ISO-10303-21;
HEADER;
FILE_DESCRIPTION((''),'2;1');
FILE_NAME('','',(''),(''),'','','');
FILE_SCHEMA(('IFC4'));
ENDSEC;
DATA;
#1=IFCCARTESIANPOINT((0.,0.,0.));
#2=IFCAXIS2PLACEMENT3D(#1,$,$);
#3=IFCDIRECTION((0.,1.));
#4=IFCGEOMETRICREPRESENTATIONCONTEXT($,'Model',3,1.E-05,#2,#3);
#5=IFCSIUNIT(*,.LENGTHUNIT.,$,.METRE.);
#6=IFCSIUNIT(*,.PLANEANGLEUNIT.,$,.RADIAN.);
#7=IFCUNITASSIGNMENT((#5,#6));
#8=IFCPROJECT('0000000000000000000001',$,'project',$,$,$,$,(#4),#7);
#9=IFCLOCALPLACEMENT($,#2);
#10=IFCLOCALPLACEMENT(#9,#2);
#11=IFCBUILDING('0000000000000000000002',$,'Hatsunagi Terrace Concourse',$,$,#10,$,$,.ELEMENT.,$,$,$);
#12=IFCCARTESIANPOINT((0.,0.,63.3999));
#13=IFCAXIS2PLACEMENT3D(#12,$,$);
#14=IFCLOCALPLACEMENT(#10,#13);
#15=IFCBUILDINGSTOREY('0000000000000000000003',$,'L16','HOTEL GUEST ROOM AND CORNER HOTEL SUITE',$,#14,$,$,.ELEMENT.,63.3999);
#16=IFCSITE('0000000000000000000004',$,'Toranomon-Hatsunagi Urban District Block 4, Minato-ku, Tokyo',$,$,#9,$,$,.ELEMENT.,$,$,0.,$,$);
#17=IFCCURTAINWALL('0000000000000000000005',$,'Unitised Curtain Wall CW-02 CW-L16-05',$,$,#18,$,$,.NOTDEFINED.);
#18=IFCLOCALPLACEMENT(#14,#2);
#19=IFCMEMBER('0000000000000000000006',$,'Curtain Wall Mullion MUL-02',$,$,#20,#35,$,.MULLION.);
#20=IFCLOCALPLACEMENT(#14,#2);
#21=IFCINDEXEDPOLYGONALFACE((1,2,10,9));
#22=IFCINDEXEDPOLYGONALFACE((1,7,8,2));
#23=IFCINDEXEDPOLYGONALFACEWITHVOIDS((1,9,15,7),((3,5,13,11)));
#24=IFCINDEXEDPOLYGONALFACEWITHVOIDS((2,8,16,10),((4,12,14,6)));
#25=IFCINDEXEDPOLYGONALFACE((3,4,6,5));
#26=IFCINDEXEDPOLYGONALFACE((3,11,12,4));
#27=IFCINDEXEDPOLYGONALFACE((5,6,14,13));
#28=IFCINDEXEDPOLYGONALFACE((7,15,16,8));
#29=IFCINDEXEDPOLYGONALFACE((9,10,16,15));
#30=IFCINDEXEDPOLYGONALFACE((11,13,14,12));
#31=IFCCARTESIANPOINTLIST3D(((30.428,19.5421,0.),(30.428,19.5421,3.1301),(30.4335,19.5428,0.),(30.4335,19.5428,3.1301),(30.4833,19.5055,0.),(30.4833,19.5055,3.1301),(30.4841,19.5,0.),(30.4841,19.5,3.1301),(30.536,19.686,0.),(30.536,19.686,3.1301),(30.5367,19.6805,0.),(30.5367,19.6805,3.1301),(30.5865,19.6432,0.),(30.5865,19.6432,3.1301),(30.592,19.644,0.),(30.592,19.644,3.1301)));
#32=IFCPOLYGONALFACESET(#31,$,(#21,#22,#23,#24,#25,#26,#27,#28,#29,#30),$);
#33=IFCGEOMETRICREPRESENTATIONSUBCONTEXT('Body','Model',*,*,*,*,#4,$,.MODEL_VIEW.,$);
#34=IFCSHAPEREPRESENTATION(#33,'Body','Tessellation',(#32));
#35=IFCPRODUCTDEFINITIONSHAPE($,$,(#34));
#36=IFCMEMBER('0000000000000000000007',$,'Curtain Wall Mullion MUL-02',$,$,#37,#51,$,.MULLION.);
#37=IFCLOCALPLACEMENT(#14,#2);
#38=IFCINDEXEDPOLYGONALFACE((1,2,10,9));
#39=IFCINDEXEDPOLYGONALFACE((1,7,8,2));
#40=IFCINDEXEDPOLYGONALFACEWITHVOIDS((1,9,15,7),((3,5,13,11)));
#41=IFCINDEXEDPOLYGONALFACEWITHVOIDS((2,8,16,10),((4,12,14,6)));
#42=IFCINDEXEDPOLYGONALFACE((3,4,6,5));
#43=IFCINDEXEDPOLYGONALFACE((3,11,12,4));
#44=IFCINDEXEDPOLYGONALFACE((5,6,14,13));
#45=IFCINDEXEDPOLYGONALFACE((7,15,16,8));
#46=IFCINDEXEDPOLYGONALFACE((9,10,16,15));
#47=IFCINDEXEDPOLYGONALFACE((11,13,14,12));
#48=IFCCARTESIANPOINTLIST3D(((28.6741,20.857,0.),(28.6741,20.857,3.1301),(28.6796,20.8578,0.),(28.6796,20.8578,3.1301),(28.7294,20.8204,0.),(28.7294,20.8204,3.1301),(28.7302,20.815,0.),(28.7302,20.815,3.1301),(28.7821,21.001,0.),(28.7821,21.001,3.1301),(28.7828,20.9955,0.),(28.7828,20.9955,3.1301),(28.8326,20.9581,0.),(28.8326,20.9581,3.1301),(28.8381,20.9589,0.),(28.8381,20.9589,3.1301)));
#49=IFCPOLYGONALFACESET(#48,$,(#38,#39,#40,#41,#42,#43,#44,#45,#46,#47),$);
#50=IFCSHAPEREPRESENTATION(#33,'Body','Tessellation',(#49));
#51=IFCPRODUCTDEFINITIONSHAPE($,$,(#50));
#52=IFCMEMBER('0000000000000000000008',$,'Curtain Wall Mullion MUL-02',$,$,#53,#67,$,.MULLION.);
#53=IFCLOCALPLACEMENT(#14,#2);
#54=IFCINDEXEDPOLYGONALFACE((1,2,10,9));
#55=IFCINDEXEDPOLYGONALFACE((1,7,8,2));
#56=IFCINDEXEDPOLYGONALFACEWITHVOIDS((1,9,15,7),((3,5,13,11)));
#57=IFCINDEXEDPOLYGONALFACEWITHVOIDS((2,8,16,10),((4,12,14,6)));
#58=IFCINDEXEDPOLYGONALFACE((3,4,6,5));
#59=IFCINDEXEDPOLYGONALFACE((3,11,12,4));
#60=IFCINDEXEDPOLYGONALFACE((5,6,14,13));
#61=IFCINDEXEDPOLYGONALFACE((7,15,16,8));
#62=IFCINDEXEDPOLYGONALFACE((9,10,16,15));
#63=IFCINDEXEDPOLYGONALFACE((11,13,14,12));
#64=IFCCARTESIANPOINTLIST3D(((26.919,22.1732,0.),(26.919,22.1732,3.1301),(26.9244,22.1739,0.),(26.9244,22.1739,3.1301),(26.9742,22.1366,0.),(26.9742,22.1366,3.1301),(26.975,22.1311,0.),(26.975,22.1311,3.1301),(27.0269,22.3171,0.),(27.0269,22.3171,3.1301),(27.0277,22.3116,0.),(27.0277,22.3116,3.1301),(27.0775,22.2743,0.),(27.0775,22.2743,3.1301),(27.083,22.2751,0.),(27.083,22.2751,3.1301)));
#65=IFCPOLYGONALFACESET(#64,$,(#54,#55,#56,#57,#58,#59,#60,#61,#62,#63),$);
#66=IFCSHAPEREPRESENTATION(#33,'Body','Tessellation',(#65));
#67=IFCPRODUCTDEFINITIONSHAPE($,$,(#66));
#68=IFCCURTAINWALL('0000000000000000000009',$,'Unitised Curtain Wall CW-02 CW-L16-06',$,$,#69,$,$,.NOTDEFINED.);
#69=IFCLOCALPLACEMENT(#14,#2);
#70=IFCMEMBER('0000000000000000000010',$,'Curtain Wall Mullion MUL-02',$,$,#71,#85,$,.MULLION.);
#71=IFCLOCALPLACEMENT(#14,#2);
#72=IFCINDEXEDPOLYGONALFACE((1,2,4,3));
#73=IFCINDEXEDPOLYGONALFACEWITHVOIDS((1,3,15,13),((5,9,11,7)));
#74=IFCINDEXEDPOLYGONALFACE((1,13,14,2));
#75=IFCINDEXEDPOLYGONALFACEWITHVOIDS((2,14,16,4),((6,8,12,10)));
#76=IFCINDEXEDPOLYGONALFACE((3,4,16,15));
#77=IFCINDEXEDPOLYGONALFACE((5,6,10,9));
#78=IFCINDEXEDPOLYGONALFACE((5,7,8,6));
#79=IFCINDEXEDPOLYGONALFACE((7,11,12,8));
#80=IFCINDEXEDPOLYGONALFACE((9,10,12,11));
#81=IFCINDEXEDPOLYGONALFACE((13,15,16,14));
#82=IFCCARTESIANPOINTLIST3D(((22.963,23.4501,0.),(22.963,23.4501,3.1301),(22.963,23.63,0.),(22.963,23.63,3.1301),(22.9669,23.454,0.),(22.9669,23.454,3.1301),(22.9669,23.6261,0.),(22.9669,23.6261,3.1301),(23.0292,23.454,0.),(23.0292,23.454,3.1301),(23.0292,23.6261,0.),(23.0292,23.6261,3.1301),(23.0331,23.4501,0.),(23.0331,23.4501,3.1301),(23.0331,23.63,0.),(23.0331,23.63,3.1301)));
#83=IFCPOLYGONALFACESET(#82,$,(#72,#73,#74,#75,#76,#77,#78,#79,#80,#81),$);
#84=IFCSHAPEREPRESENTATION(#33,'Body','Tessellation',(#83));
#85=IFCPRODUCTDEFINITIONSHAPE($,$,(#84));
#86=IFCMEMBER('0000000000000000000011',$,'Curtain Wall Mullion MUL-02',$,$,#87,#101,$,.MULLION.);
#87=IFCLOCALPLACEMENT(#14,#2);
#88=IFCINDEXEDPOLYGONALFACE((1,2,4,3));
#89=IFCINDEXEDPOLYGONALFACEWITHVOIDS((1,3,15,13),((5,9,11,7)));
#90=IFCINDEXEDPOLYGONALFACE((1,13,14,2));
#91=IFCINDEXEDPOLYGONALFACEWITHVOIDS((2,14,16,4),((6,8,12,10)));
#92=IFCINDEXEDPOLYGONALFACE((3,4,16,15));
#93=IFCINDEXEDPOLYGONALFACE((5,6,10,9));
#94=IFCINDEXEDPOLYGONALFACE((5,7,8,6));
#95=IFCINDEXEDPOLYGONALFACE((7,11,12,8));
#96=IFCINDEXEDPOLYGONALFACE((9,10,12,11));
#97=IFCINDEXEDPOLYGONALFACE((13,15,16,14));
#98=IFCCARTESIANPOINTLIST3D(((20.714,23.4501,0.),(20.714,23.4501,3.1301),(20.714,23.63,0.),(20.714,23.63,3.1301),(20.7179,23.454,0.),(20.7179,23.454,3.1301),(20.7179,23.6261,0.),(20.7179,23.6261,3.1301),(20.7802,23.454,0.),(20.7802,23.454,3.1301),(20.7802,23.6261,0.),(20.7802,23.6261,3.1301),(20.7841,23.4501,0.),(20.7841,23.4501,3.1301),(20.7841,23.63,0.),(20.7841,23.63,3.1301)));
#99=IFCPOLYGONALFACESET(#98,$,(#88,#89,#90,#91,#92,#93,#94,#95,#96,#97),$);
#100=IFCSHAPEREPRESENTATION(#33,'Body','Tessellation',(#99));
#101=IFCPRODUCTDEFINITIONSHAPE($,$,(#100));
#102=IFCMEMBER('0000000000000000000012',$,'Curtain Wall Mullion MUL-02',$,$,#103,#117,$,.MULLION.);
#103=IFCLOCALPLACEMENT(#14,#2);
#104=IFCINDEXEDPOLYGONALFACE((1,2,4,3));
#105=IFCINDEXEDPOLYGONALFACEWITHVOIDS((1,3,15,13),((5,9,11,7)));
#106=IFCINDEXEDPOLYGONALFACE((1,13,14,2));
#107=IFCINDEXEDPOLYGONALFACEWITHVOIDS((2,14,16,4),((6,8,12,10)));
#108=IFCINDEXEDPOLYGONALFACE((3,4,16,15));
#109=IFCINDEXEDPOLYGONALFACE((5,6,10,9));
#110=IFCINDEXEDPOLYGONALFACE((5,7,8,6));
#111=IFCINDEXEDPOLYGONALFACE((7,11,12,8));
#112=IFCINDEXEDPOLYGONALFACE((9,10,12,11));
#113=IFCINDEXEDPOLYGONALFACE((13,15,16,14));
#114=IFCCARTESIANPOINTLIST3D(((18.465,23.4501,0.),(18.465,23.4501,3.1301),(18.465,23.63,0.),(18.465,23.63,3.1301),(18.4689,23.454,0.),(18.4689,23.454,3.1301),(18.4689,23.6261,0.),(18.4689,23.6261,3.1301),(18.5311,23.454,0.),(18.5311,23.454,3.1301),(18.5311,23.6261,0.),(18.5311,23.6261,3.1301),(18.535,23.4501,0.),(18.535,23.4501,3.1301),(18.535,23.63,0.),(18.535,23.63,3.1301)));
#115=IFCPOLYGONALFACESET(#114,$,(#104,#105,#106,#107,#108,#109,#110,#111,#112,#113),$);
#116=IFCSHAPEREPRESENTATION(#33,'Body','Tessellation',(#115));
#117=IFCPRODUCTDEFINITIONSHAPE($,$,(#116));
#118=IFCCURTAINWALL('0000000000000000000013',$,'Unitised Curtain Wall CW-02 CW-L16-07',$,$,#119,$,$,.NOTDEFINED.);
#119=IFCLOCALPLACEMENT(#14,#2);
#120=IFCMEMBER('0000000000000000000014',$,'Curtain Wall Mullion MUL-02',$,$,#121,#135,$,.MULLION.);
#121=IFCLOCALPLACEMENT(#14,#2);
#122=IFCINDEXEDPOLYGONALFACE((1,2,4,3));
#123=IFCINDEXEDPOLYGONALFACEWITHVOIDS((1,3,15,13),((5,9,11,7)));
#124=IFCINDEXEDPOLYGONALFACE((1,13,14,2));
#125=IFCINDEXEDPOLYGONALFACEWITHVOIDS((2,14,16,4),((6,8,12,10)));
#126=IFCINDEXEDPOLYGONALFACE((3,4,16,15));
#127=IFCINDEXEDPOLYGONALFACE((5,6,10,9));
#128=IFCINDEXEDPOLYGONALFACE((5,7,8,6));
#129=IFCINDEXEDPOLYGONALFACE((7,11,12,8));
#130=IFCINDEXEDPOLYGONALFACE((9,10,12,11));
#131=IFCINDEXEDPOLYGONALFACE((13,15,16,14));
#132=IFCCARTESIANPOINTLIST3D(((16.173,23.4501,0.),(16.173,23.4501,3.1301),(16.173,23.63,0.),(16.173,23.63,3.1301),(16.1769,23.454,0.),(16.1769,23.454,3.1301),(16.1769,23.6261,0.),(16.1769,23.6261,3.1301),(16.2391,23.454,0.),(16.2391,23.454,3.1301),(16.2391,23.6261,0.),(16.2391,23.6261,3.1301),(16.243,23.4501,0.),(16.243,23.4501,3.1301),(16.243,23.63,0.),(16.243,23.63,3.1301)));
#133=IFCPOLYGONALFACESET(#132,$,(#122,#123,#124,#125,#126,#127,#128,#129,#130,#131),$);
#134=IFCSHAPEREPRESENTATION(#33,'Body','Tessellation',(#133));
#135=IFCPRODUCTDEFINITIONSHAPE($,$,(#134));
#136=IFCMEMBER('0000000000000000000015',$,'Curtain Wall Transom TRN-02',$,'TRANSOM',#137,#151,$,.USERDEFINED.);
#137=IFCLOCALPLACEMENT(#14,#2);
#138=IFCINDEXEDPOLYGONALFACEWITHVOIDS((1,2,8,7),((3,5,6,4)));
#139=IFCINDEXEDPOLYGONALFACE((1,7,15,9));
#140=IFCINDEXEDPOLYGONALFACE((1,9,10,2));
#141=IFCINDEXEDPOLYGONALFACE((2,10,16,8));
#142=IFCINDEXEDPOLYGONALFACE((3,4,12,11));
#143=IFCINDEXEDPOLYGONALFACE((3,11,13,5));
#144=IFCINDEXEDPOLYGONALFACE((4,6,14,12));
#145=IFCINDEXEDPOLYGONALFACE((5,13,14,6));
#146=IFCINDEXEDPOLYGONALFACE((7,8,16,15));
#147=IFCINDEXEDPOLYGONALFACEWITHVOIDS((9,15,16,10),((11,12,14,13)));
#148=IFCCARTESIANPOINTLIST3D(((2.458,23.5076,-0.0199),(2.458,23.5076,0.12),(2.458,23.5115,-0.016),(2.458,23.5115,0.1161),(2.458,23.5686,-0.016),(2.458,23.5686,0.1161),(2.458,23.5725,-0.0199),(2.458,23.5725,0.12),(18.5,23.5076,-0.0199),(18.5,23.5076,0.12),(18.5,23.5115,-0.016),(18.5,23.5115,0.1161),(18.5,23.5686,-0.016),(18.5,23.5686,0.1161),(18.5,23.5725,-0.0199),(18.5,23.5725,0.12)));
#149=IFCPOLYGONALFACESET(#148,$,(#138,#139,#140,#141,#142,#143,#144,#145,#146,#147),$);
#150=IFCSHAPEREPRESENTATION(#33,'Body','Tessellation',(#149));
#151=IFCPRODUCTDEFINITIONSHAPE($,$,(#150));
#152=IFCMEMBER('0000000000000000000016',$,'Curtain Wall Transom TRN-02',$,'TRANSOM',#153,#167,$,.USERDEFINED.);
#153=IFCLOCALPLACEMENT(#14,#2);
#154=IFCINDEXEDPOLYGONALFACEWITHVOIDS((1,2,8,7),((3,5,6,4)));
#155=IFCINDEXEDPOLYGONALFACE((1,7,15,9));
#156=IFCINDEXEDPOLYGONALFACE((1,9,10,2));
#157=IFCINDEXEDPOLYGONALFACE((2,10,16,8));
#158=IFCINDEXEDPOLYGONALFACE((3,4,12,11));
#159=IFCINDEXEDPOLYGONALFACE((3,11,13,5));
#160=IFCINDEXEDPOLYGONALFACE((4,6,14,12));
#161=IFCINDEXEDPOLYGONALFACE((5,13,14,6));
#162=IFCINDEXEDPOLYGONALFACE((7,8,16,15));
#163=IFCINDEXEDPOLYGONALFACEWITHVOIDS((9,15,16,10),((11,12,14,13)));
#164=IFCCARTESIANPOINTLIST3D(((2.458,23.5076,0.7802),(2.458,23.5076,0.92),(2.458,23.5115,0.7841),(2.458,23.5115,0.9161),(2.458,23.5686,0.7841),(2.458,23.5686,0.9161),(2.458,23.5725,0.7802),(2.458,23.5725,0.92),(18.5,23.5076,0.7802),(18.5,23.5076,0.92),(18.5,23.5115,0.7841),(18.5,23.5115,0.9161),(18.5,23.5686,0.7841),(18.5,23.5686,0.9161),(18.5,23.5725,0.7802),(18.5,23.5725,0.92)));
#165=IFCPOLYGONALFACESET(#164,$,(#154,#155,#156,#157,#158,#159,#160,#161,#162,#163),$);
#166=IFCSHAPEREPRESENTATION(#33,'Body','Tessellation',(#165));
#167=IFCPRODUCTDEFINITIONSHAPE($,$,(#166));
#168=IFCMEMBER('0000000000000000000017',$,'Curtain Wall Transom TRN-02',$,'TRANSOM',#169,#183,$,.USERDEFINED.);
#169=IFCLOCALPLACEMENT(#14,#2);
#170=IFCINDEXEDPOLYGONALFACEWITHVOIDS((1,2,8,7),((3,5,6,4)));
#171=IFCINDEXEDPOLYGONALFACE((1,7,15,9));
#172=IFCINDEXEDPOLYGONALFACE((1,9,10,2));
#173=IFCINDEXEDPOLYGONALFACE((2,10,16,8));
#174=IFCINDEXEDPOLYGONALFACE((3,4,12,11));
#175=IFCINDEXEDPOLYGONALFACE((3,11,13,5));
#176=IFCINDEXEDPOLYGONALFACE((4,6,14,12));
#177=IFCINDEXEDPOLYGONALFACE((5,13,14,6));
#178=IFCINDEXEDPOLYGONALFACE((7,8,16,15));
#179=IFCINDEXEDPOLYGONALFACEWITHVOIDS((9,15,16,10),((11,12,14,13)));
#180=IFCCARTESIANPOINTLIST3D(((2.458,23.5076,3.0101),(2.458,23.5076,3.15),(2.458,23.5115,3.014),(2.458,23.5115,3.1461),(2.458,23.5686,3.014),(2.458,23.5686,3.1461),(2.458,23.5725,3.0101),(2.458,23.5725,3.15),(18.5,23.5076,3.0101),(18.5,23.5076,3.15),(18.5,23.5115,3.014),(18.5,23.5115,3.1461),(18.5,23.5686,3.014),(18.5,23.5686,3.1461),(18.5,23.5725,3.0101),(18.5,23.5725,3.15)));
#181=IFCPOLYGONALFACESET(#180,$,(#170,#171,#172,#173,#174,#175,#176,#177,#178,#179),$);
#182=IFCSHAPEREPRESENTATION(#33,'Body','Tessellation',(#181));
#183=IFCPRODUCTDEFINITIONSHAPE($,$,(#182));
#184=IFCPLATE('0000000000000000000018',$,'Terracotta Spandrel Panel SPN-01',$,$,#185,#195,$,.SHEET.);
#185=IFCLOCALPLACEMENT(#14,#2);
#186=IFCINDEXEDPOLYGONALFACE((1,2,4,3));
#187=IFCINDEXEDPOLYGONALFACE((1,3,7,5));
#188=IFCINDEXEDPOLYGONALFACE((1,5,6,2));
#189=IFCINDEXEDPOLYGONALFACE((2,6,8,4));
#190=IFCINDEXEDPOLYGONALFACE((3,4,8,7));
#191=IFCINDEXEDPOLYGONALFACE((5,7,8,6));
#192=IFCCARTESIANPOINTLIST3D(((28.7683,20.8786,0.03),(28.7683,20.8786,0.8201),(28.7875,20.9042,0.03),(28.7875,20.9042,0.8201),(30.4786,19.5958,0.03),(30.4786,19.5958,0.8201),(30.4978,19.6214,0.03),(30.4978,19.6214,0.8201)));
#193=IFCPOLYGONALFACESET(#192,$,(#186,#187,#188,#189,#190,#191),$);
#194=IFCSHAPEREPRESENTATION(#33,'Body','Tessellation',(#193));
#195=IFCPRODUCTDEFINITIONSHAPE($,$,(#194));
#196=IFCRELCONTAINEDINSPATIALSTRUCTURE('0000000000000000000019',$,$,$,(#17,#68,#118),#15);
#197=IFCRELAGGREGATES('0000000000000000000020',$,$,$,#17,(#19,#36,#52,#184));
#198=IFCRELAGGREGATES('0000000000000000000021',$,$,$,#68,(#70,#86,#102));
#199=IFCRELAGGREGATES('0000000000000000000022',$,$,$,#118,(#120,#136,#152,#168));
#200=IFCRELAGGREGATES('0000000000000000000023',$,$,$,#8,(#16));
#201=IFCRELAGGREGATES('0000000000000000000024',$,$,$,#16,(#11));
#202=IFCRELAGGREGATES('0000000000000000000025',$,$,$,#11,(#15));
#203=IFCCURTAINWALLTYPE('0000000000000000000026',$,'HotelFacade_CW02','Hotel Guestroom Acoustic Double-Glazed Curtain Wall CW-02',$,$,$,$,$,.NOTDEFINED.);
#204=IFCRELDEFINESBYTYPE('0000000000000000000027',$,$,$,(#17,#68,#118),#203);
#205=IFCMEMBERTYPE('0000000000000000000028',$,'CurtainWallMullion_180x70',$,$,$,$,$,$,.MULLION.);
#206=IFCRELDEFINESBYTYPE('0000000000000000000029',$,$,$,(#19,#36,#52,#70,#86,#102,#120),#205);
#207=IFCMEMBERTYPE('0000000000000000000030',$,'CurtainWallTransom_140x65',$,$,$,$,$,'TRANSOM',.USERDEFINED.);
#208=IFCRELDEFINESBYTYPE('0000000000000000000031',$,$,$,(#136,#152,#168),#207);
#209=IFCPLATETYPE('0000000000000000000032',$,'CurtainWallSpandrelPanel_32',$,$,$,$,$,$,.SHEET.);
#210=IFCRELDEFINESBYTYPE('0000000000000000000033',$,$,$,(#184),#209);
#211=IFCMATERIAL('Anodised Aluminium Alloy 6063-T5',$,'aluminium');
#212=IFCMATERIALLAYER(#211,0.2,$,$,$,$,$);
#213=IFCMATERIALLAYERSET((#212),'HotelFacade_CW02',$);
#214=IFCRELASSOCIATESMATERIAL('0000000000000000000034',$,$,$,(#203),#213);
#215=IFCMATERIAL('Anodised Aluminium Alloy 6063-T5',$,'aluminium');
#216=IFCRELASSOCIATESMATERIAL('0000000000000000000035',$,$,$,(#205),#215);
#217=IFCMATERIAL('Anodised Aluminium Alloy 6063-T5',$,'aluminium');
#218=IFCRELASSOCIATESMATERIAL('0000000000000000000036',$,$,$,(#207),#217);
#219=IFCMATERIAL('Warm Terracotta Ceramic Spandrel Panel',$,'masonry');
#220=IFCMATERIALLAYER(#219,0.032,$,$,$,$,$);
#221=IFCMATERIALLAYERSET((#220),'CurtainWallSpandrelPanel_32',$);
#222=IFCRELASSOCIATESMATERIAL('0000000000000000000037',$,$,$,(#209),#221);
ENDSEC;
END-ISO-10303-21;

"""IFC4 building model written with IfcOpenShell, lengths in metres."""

from ifc_helpers import new_model, si_unit, direction, frame, origin, origin_2d, place, context, subcontext, project, spatial, rectangle, hollow_rectangle, extrude, material, layer, layer_set, material_profile, profile_set, type_object, element, aggregate, save


model = new_model("IFC4")

# Units and contexts
model_context = context("Model", 3, precision=1e-05, world=origin(), true_north=direction((0.0, 1.0)))
body_context = subcontext(model_context, "Body", "Model", "MODEL_VIEW")
ifc_project = project(units=[si_unit("LENGTHUNIT", "METRE"), si_unit("PLANEANGLEUNIT", "RADIAN")], contexts=[model_context])

# Site, building, storey
site_placement = place(None, origin())
site = spatial("IfcSite", under=ifc_project, at=site_placement, Name="Toranomon-Hatsunagi Urban District Block 4, Minato-ku, Tokyo", CompositionType="ELEMENT", RefElevation=0.0)
building_placement = place(site_placement, origin())
building = spatial("IfcBuilding", under=site, at=building_placement, Name="Hatsunagi Terrace Concourse", CompositionType="ELEMENT")
storey_placement = place(building_placement, frame((0.0, 0.0, 63.3999)))
storey = spatial("IfcBuildingStorey", under=building, at=storey_placement, Name="L16", Description="HOTEL GUEST ROOM AND CORNER HOTEL SUITE", CompositionType="ELEMENT", Elevation=63.3999)

# Curtain walls, members
ifc_material_1 = material(Name="Anodised Aluminium Alloy 6063-T5", Category="aluminium")
ifc_layer_1 = layer(ifc_material_1, 0.2)
ifc_layer_set_1 = layer_set([ifc_layer_1], Name="HotelFacade_CW02")
curtain_wall_type = type_object("IfcCurtainWallType", Name="HotelFacade_CW02", Description="Hotel Guestroom Acoustic Double-Glazed Curtain Wall CW-02", PredefinedType="NOTDEFINED", material=ifc_layer_set_1)
curtain_wall_1_placement = place(storey_placement, origin())
curtain_wall_1 = element("IfcCurtainWall", 1, at=curtain_wall_1_placement, inside=storey, type_object=curtain_wall_type, Name="Unitised Curtain Wall CW-02 CW-L16-05", PredefinedType="NOTDEFINED")
ifc_material_2 = material(Name="Anodised Aluminium Alloy 6063-T5", Category="aluminium")
ifc_material_profile_1 = material_profile(ifc_material_2, hollow_rectangle(XDim=0.0701, YDim=0.1799, WallThickness=0.0039, at=origin_2d()), Name="ALU-MUL-180x70x4")
ifc_profile_set_1 = profile_set([ifc_material_profile_1], Name="Anodised Aluminium Alloy 6063-T5")
member_type_1 = type_object("IfcMemberType", Name="CurtainWallMullion_180x70", PredefinedType="MULLION", material=ifc_profile_set_1)
member_1_placement = place(storey_placement, frame((30.51, 19.593, 0.0), z_axis=(0.0, 0.0, 1.0), x_axis=(-0.800003, 0.599996, 0.0)))
member_1 = element("IfcMember", 2, at=member_1_placement, type_object=member_type_1, Name="Curtain Wall Mullion MUL-02", PredefinedType="MULLION", context=body_context, shape_type="SweptSolid", body=[
    extrude(hollow_rectangle(XDim=0.0701, YDim=0.1799, WallThickness=0.0039, at=origin_2d()), origin(), (0.0, 0.0, 1.0), 3.1301),
])
member_2_placement = place(storey_placement, frame((28.7561, 20.908, 0.0), z_axis=(0.0, 0.0, 1.0), x_axis=(-0.800003, 0.599996, 0.0)))
member_2 = element("IfcMember", 3, at=member_2_placement, type_object=member_type_1, Name="Curtain Wall Mullion MUL-02", PredefinedType="MULLION", context=body_context, shape_type="SweptSolid", body=[
    extrude(hollow_rectangle(XDim=0.0701, YDim=0.1799, WallThickness=0.0039, at=origin_2d()), origin(), (0.0, 0.0, 1.0), 3.1301),
])
member_3_placement = place(storey_placement, frame((27.001, 22.2241, 0.0), z_axis=(0.0, 0.0, 1.0), x_axis=(-0.800003, 0.599996, 0.0)))
member_3 = element("IfcMember", 4, at=member_3_placement, type_object=member_type_1, Name="Curtain Wall Mullion MUL-02", PredefinedType="MULLION", context=body_context, shape_type="SweptSolid", body=[
    extrude(hollow_rectangle(XDim=0.0701, YDim=0.1799, WallThickness=0.0039, at=origin_2d()), origin(), (0.0, 0.0, 1.0), 3.1301),
])
curtain_wall_2_placement = place(storey_placement, origin())
curtain_wall_2 = element("IfcCurtainWall", 5, at=curtain_wall_2_placement, inside=storey, type_object=curtain_wall_type, Name="Unitised Curtain Wall CW-02 CW-L16-06", PredefinedType="NOTDEFINED")
member_4_placement = place(storey_placement, frame((22.998, 23.54, 0.0), z_axis=(0.0, 0.0, 1.0), x_axis=(-1.0, 0.0, 0.0)))
member_4 = element("IfcMember", 6, at=member_4_placement, type_object=member_type_1, Name="Curtain Wall Mullion MUL-02", PredefinedType="MULLION", context=body_context, shape_type="SweptSolid", body=[
    extrude(hollow_rectangle(XDim=0.0701, YDim=0.1799, WallThickness=0.0039, at=origin_2d()), origin(), (0.0, 0.0, 1.0), 3.1301),
])
member_5_placement = place(storey_placement, frame((20.749, 23.54, 0.0), z_axis=(0.0, 0.0, 1.0), x_axis=(-1.0, 0.0, 0.0)))
member_5 = element("IfcMember", 7, at=member_5_placement, type_object=member_type_1, Name="Curtain Wall Mullion MUL-02", PredefinedType="MULLION", context=body_context, shape_type="SweptSolid", body=[
    extrude(hollow_rectangle(XDim=0.0701, YDim=0.1799, WallThickness=0.0039, at=origin_2d()), origin(), (0.0, 0.0, 1.0), 3.1301),
])
member_6_placement = place(storey_placement, frame((18.5, 23.54, 0.0), z_axis=(0.0, 0.0, 1.0), x_axis=(-1.0, 0.0, 0.0)))
member_6 = element("IfcMember", 8, at=member_6_placement, type_object=member_type_1, Name="Curtain Wall Mullion MUL-02", PredefinedType="MULLION", context=body_context, shape_type="SweptSolid", body=[
    extrude(hollow_rectangle(XDim=0.0701, YDim=0.1799, WallThickness=0.0039, at=origin_2d()), origin(), (0.0, 0.0, 1.0), 3.1301),
])
curtain_wall_3_placement = place(storey_placement, origin())
curtain_wall_3 = element("IfcCurtainWall", 9, at=curtain_wall_3_placement, inside=storey, type_object=curtain_wall_type, Name="Unitised Curtain Wall CW-02 CW-L16-07", PredefinedType="NOTDEFINED")
member_7_placement = place(storey_placement, frame((16.208, 23.54, 0.0), z_axis=(0.0, 0.0, 1.0), x_axis=(-1.0, 0.0, 0.0)))
member_7 = element("IfcMember", 10, at=member_7_placement, type_object=member_type_1, Name="Curtain Wall Mullion MUL-02", PredefinedType="MULLION", context=body_context, shape_type="SweptSolid", body=[
    extrude(hollow_rectangle(XDim=0.0701, YDim=0.1799, WallThickness=0.0039, at=origin_2d()), origin(), (0.0, 0.0, 1.0), 3.1301),
])
ifc_material_3 = material(Name="Anodised Aluminium Alloy 6063-T5", Category="aluminium")
ifc_material_profile_2 = material_profile(ifc_material_3, hollow_rectangle(XDim=0.0649, YDim=0.1399, WallThickness=0.0039, at=origin_2d()), Name="ALU-TRN-140x65x4")
ifc_profile_set_2 = profile_set([ifc_material_profile_2], Name="Anodised Aluminium Alloy 6063-T5")
member_type_2 = type_object("IfcMemberType", Name="CurtainWallTransom_140x65", ElementType="TRANSOM", PredefinedType="USERDEFINED", material=ifc_profile_set_2)
member_8_placement = place(storey_placement, frame((18.5, 23.54, 0.05), z_axis=(-1.0, 0.0, 0.0), x_axis=(0.0, -1.0, 0.0)))
member_8 = element("IfcMember", 11, at=member_8_placement, type_object=member_type_2, Name="Curtain Wall Transom TRN-02", ObjectType="TRANSOM", PredefinedType="USERDEFINED", context=body_context, shape_type="SweptSolid", body=[
    extrude(hollow_rectangle(XDim=0.0649, YDim=0.1399, WallThickness=0.0039, at=origin_2d()), origin(), (0.0, 0.0, 1.0), 16.042),
])
member_9_placement = place(storey_placement, frame((18.5, 23.54, 0.8501), z_axis=(-1.0, 0.0, 0.0), x_axis=(0.0, -1.0, 0.0)))
member_9 = element("IfcMember", 12, at=member_9_placement, type_object=member_type_2, Name="Curtain Wall Transom TRN-02", ObjectType="TRANSOM", PredefinedType="USERDEFINED", context=body_context, shape_type="SweptSolid", body=[
    extrude(hollow_rectangle(XDim=0.0649, YDim=0.1399, WallThickness=0.0039, at=origin_2d()), origin(), (0.0, 0.0, 1.0), 16.042),
])
member_10_placement = place(storey_placement, frame((18.5, 23.54, 3.0801), z_axis=(-1.0, 0.0, 0.0), x_axis=(0.0, -1.0, 0.0)))
member_10 = element("IfcMember", 13, at=member_10_placement, type_object=member_type_2, Name="Curtain Wall Transom TRN-02", ObjectType="TRANSOM", PredefinedType="USERDEFINED", context=body_context, shape_type="SweptSolid", body=[
    extrude(hollow_rectangle(XDim=0.0649, YDim=0.1399, WallThickness=0.0039, at=origin_2d()), origin(), (0.0, 0.0, 1.0), 16.042),
])

# Plate
ifc_material_4 = material(Name="Warm Terracotta Ceramic Spandrel Panel", Category="masonry")
ifc_layer_2 = layer(ifc_material_4, 0.032)
ifc_layer_set_2 = layer_set([ifc_layer_2], Name="CurtainWallSpandrelPanel_32")
plate_type_1 = type_object("IfcPlateType", Name="CurtainWallSpandrelPanel_32", PredefinedType="SHEET", material=ifc_layer_set_2)
plate_1_placement = place(storey_placement, frame((29.6331, 20.25, 0.03), z_axis=(0.0, 0.0, 1.0), x_axis=(-0.800003, 0.599996, 0.0)))
plate_1 = element("IfcPlate", 14, at=plate_1_placement, type_object=plate_type_1, Name="Terracotta Spandrel Panel SPN-01", PredefinedType="SHEET", context=body_context, shape_type="SweptSolid", body=[
    extrude(rectangle(XDim=2.1379, YDim=0.032, at=origin_2d()), origin(), (0.0, 0.0, 1.0), 0.79),
])
aggregate(curtain_wall_1, [member_1, member_2, member_3, plate_1])
aggregate(curtain_wall_2, [member_4, member_5, member_6])
aggregate(curtain_wall_3, [member_7, member_8, member_9, member_10])

save(model, "model.ifc")
